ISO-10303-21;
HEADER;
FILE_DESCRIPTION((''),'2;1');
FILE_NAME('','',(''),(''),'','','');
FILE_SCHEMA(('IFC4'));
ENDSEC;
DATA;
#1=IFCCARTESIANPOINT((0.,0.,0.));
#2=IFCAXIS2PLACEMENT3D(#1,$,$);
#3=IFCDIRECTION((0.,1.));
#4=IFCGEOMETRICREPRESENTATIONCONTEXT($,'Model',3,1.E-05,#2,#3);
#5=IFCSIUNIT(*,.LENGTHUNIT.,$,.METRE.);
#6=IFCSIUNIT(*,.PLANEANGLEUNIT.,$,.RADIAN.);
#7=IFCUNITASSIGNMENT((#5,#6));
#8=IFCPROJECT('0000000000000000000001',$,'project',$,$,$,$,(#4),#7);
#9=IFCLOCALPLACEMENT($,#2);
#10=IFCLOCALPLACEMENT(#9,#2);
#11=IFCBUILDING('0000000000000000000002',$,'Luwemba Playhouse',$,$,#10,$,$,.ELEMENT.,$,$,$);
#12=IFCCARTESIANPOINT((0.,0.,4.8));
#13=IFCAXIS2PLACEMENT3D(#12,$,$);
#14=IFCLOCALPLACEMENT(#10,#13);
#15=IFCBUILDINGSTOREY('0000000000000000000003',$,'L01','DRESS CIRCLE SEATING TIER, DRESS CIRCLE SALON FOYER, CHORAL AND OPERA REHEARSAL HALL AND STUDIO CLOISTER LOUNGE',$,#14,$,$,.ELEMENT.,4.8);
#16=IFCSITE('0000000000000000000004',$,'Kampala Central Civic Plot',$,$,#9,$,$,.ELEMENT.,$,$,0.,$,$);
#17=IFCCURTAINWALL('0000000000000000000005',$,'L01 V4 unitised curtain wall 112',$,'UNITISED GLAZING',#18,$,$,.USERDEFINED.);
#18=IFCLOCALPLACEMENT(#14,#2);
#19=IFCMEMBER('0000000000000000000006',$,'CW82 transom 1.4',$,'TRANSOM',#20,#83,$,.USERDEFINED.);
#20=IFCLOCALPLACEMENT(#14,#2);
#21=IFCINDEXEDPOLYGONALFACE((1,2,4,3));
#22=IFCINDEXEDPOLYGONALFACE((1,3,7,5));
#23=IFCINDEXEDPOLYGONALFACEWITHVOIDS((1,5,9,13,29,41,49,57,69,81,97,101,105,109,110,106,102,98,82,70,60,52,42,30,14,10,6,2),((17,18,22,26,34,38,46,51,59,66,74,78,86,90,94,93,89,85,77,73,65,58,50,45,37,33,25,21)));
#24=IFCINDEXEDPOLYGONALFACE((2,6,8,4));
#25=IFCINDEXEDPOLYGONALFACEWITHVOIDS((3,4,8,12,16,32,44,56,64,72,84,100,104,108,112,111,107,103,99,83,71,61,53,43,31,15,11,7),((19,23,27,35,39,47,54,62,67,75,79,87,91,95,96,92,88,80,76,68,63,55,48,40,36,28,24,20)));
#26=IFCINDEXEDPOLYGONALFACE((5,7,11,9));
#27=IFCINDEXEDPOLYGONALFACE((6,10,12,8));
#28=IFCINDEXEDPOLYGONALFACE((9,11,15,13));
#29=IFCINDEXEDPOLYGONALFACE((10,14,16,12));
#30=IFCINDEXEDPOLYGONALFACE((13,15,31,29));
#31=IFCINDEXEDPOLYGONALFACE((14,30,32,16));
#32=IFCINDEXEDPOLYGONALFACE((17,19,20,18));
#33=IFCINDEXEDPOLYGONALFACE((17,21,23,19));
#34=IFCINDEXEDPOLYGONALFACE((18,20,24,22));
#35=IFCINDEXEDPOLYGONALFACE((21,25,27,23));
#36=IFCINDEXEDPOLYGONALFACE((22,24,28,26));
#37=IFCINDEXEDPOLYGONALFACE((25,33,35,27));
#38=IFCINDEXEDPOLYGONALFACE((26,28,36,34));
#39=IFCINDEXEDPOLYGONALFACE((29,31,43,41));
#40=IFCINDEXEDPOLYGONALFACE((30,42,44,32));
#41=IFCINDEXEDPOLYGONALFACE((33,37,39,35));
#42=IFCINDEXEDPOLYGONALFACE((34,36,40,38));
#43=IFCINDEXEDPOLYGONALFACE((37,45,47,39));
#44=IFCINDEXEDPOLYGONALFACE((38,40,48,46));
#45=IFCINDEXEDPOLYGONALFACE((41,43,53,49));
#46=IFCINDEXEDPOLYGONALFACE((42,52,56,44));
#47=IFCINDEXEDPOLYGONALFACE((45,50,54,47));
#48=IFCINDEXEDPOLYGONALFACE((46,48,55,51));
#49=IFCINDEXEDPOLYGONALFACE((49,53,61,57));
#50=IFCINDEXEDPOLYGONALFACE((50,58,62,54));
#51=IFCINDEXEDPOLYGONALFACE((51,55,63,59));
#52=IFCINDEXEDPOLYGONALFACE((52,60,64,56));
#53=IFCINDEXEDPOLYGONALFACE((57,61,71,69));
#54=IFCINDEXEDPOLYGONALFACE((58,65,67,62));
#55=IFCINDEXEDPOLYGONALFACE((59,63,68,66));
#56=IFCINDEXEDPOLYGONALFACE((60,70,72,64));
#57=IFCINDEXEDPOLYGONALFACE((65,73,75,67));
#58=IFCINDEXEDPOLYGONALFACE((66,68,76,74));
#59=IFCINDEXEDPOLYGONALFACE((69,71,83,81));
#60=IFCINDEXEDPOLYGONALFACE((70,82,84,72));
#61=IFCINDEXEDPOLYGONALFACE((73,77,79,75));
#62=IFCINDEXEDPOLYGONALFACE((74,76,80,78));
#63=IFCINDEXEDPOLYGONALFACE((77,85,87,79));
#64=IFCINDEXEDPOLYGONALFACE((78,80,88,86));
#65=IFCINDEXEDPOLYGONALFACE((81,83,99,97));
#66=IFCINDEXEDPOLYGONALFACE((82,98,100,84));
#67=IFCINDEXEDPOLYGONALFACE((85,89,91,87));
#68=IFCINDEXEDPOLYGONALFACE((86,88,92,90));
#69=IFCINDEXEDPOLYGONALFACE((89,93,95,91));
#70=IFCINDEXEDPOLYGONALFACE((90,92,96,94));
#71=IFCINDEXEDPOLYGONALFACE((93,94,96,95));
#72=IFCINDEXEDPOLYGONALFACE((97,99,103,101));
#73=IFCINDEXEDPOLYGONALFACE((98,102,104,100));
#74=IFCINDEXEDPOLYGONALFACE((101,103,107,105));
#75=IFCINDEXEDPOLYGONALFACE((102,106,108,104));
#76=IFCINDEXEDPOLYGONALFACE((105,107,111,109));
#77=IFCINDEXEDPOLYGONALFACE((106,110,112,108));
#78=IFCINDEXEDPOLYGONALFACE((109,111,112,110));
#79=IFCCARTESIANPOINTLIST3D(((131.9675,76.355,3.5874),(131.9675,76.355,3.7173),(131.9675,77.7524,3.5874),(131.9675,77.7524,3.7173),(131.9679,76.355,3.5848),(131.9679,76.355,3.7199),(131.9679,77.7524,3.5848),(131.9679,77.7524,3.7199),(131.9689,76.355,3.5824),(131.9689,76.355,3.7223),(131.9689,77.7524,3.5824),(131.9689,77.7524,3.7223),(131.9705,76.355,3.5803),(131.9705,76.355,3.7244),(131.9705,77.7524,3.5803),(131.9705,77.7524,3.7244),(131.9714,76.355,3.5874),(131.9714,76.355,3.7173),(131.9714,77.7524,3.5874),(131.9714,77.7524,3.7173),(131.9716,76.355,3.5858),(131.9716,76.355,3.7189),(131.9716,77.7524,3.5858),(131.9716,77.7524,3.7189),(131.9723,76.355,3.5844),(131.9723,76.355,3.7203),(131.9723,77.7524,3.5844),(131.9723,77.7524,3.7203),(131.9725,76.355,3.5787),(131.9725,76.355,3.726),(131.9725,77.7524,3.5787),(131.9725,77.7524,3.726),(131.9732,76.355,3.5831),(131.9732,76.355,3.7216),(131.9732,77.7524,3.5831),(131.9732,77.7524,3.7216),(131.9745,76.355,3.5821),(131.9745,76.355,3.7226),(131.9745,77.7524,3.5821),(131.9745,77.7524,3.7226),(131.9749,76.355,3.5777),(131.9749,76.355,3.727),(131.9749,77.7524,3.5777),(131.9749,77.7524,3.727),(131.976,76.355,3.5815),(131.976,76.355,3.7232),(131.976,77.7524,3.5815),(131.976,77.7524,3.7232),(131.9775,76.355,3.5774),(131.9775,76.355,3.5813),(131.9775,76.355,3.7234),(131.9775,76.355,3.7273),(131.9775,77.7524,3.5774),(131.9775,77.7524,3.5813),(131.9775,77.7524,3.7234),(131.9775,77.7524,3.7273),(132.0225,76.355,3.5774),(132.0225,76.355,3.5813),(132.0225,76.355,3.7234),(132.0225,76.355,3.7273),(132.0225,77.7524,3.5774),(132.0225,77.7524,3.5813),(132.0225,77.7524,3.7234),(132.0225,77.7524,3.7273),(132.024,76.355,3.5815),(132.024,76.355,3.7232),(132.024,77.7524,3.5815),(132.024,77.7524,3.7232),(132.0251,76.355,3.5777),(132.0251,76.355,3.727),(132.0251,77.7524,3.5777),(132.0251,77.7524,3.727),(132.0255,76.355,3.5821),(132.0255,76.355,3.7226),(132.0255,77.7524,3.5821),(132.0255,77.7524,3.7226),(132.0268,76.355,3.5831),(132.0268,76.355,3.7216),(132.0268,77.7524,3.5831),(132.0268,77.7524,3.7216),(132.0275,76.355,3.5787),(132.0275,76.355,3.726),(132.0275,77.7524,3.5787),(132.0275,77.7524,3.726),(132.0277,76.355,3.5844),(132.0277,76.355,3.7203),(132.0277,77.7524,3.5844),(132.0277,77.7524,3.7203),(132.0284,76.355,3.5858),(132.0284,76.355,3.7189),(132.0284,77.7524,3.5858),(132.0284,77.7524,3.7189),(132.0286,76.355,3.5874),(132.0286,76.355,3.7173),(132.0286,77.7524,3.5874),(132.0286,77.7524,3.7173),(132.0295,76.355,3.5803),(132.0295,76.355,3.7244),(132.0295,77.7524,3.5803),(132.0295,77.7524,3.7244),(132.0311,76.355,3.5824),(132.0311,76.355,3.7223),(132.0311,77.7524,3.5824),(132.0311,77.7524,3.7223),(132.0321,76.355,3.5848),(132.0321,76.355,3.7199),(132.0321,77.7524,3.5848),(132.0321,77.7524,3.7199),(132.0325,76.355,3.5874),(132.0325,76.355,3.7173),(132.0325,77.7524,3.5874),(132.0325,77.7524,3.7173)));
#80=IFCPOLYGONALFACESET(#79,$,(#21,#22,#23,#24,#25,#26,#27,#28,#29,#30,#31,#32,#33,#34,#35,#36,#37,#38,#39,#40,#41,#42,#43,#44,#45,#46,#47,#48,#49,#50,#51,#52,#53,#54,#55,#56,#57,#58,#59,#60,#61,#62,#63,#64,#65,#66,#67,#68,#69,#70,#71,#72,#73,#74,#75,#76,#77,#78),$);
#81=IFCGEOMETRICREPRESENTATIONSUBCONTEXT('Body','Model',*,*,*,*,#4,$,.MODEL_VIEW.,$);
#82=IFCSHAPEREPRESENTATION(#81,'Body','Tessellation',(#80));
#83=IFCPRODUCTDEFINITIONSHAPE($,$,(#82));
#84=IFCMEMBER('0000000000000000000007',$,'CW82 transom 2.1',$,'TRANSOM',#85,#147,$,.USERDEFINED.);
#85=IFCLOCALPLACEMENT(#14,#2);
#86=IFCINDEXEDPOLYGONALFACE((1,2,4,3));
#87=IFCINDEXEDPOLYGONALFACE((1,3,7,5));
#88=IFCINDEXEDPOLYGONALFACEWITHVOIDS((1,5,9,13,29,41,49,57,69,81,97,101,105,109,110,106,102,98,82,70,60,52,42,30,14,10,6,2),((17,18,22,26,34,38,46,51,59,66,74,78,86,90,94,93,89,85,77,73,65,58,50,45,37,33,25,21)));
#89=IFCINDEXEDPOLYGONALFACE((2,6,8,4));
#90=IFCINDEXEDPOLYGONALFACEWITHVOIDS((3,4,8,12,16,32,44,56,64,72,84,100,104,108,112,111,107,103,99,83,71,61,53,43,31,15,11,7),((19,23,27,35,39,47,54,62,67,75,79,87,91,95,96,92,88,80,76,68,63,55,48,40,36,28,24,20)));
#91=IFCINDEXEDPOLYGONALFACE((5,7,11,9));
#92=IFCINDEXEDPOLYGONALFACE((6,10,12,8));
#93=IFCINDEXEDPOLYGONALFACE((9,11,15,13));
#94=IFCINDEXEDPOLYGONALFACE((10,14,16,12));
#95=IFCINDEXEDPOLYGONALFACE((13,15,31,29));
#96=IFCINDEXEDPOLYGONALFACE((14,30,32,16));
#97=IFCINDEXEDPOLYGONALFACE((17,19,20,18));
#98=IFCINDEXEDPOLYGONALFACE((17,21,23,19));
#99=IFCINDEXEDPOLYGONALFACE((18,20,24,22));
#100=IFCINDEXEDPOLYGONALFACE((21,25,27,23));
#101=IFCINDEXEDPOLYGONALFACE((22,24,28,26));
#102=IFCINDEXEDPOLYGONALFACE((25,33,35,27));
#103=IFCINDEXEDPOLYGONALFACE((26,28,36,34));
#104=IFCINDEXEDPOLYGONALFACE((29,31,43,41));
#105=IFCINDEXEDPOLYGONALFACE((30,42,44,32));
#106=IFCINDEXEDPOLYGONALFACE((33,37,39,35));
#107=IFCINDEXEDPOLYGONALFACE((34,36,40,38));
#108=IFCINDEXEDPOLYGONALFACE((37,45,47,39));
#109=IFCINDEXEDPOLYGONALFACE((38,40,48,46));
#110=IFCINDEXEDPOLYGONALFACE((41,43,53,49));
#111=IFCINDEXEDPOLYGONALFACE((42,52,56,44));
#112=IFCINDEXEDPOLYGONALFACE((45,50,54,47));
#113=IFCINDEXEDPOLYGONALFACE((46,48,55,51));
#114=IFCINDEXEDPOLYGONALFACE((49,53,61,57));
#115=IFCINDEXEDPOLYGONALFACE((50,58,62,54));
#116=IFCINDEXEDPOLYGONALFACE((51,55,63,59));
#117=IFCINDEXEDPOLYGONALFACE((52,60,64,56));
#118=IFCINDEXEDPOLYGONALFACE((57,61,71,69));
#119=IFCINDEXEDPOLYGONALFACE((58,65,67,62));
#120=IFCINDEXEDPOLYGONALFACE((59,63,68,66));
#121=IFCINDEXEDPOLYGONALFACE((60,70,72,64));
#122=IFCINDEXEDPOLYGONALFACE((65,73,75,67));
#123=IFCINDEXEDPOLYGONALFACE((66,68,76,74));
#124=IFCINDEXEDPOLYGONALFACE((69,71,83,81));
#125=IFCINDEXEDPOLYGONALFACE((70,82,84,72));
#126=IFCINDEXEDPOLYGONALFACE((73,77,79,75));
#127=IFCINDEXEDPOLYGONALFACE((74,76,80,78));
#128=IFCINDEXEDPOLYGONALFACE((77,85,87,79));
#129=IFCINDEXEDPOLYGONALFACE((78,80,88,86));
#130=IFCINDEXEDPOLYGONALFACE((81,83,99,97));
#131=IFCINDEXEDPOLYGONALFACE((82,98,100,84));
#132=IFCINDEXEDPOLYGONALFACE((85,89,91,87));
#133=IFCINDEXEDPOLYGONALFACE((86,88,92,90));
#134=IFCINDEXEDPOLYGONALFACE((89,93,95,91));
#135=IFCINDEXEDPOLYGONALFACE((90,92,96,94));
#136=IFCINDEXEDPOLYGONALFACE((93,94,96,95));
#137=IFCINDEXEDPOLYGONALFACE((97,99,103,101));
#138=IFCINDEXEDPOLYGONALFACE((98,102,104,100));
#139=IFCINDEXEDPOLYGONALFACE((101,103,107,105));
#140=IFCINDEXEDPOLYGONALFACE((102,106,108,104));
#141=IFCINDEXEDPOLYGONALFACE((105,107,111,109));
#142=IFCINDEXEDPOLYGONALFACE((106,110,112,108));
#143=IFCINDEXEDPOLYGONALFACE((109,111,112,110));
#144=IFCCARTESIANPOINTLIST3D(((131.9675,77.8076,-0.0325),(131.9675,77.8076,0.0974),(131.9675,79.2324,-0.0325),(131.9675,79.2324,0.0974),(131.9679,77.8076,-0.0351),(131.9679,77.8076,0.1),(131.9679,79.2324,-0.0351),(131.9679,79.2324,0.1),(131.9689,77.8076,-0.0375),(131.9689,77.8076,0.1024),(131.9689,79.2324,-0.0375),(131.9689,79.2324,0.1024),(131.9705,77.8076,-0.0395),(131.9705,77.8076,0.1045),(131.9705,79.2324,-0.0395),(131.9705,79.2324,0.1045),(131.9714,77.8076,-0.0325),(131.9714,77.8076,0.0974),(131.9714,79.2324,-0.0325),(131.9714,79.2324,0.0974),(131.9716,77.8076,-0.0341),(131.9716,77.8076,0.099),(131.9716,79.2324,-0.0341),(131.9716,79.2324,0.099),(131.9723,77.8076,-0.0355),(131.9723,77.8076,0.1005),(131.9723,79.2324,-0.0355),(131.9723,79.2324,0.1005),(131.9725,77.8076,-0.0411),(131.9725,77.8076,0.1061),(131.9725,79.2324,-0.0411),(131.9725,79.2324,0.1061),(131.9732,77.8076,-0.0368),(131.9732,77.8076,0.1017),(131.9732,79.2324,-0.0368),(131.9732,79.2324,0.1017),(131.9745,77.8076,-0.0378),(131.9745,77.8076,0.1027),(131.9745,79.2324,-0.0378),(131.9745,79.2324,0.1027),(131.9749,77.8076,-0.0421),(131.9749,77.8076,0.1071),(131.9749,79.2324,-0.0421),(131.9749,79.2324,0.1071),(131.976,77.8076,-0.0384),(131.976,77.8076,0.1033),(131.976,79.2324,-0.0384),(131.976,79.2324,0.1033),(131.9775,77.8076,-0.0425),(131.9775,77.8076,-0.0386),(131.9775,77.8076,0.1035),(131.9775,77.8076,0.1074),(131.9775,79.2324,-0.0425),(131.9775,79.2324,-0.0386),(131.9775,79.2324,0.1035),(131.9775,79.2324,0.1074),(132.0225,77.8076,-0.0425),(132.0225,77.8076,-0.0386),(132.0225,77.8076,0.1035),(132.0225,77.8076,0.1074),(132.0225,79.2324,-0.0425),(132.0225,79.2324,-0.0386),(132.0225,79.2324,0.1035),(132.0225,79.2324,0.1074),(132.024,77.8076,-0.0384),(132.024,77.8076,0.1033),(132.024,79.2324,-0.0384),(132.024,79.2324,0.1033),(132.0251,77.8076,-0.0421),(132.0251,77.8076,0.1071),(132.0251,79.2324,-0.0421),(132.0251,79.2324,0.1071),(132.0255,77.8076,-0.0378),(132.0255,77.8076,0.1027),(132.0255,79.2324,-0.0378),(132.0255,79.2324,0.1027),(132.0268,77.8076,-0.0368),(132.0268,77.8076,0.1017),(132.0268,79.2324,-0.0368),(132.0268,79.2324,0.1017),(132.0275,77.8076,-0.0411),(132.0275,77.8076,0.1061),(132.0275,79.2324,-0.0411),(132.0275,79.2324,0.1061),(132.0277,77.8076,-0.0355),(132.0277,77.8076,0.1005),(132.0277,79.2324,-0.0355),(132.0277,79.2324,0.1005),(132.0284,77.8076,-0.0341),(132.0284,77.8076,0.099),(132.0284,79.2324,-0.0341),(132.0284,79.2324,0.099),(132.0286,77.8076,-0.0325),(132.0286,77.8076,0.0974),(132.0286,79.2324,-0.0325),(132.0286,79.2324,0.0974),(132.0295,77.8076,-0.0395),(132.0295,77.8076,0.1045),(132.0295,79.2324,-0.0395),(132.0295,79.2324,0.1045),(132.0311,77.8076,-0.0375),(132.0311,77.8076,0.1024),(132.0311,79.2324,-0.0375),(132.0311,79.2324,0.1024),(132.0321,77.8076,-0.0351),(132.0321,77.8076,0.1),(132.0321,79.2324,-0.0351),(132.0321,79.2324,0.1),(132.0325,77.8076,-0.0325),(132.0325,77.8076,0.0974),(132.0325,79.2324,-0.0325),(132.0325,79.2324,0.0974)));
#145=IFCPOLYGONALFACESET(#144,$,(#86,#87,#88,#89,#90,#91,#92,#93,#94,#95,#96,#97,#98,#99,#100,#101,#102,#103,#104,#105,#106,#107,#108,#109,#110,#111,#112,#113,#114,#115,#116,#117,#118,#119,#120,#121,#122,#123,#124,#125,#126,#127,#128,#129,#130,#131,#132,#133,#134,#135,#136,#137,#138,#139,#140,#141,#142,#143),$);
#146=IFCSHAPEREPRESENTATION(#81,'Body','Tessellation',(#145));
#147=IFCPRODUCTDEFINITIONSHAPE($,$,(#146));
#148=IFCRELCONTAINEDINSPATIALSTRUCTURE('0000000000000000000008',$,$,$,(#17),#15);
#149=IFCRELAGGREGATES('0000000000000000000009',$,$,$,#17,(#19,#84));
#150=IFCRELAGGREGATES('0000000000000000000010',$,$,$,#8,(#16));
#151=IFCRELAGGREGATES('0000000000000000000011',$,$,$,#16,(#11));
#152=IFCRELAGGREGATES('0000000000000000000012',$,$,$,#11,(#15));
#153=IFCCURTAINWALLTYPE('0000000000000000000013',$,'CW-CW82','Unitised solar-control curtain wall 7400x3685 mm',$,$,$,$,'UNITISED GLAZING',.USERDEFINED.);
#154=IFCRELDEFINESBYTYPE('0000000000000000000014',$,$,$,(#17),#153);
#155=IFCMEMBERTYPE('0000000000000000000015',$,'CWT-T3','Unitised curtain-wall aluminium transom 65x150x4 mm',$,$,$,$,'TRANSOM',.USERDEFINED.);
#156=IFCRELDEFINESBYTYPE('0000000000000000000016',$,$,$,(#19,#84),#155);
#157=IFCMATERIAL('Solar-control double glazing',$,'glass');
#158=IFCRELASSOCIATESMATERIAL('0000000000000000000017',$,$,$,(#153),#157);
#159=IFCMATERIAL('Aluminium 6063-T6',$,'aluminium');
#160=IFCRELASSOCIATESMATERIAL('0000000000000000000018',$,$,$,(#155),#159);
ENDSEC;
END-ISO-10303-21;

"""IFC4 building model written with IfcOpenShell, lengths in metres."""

from ifc_helpers import new_model, si_unit, direction, frame, origin, origin_2d, place, context, subcontext, project, spatial, hollow_rectangle, extrude, material, material_profile, profile_set, type_object, element, aggregate, save


model = new_model("IFC4")

# Units and contexts
model_context = context("Model", 3, precision=1e-05, world=origin(), true_north=direction((0.0, 1.0)))
body_context = subcontext(model_context, "Body", "Model", "MODEL_VIEW")
ifc_project = project(units=[si_unit("LENGTHUNIT", "METRE"), si_unit("PLANEANGLEUNIT", "RADIAN")], contexts=[model_context])

# Site, building, storey
site_placement = place(None, origin())
site = spatial("IfcSite", under=ifc_project, at=site_placement, Name="Kampala Central Civic Plot", CompositionType="ELEMENT", RefElevation=0.0)
building_placement = place(site_placement, origin())
building = spatial("IfcBuilding", under=site, at=building_placement, Name="Luwemba Playhouse", CompositionType="ELEMENT")
storey_placement = place(building_placement, frame((0.0, 0.0, 4.8)))
storey = spatial("IfcBuildingStorey", under=building, at=storey_placement, Name="L01", Description="DRESS CIRCLE SEATING TIER, DRESS CIRCLE SALON FOYER, CHORAL AND OPERA REHEARSAL HALL AND STUDIO CLOISTER LOUNGE", CompositionType="ELEMENT", Elevation=4.8)

# Curtain wall
ifc_material_1 = material(Name="Solar-control double glazing", Category="glass")
curtain_wall_type_1 = type_object("IfcCurtainWallType", Name="CW-CW82", Description="Unitised solar-control curtain wall 7400x3685 mm", ElementType="UNITISED GLAZING", PredefinedType="USERDEFINED", material=ifc_material_1)
curtain_wall_1_placement = place(storey_placement, origin())
curtain_wall_1 = element("IfcCurtainWall", 1, at=curtain_wall_1_placement, inside=storey, type_object=curtain_wall_type_1, Name="L01 V4 unitised curtain wall 112", ObjectType="UNITISED GLAZING", PredefinedType="USERDEFINED")
ifc_material_2 = material(Name="Aluminium 6063-T6", Category="aluminium")

# Members
ifc_material_profile_1 = material_profile(ifc_material_2, hollow_rectangle(XDim=0.0649, YDim=0.1499, WallThickness=0.0039, InnerFilletRadius=0.0061, OuterFilletRadius=0.01, at=origin_2d()))
ifc_profile_set_1 = profile_set([ifc_material_profile_1], Name="Aluminium 6063-T6")
member_type_1 = type_object("IfcMemberType", Name="CWT-T3", Description="Unitised curtain-wall aluminium transom 65x150x4 mm", ElementType="TRANSOM", PredefinedType="USERDEFINED", material=ifc_profile_set_1)
member_1_placement = place(storey_placement, frame((132.0, 76.355, 3.6523), z_axis=(0.0, 1.0, 0.0), x_axis=(-1.0, 0.0, 0.0)))
member_1 = element("IfcMember", 2, at=member_1_placement, type_object=member_type_1, Name="CW82 transom 1.4", ObjectType="TRANSOM", PredefinedType="USERDEFINED", context=body_context, shape_type="SweptSolid", body=[
    extrude(hollow_rectangle(XDim=0.0649, YDim=0.1499, WallThickness=0.0039, InnerFilletRadius=0.0061, OuterFilletRadius=0.01, at=origin_2d()), origin(), (0.0, 0.0, 1.0), 1.3975),
])
member_2_placement = place(storey_placement, frame((132.0, 77.8076, 0.0325), z_axis=(0.0, 1.0, 0.0), x_axis=(-1.0, 0.0, 0.0)))
member_2 = element("IfcMember", 3, at=member_2_placement, type_object=member_type_1, Name="CW82 transom 2.1", ObjectType="TRANSOM", PredefinedType="USERDEFINED", context=body_context, shape_type="SweptSolid", body=[
    extrude(hollow_rectangle(XDim=0.0649, YDim=0.1499, WallThickness=0.0039, InnerFilletRadius=0.0061, OuterFilletRadius=0.01, at=origin_2d()), origin(), (0.0, 0.0, 1.0), 1.4248),
])

aggregate(curtain_wall_1, [member_1, member_2])

save(model, "model.ifc")
